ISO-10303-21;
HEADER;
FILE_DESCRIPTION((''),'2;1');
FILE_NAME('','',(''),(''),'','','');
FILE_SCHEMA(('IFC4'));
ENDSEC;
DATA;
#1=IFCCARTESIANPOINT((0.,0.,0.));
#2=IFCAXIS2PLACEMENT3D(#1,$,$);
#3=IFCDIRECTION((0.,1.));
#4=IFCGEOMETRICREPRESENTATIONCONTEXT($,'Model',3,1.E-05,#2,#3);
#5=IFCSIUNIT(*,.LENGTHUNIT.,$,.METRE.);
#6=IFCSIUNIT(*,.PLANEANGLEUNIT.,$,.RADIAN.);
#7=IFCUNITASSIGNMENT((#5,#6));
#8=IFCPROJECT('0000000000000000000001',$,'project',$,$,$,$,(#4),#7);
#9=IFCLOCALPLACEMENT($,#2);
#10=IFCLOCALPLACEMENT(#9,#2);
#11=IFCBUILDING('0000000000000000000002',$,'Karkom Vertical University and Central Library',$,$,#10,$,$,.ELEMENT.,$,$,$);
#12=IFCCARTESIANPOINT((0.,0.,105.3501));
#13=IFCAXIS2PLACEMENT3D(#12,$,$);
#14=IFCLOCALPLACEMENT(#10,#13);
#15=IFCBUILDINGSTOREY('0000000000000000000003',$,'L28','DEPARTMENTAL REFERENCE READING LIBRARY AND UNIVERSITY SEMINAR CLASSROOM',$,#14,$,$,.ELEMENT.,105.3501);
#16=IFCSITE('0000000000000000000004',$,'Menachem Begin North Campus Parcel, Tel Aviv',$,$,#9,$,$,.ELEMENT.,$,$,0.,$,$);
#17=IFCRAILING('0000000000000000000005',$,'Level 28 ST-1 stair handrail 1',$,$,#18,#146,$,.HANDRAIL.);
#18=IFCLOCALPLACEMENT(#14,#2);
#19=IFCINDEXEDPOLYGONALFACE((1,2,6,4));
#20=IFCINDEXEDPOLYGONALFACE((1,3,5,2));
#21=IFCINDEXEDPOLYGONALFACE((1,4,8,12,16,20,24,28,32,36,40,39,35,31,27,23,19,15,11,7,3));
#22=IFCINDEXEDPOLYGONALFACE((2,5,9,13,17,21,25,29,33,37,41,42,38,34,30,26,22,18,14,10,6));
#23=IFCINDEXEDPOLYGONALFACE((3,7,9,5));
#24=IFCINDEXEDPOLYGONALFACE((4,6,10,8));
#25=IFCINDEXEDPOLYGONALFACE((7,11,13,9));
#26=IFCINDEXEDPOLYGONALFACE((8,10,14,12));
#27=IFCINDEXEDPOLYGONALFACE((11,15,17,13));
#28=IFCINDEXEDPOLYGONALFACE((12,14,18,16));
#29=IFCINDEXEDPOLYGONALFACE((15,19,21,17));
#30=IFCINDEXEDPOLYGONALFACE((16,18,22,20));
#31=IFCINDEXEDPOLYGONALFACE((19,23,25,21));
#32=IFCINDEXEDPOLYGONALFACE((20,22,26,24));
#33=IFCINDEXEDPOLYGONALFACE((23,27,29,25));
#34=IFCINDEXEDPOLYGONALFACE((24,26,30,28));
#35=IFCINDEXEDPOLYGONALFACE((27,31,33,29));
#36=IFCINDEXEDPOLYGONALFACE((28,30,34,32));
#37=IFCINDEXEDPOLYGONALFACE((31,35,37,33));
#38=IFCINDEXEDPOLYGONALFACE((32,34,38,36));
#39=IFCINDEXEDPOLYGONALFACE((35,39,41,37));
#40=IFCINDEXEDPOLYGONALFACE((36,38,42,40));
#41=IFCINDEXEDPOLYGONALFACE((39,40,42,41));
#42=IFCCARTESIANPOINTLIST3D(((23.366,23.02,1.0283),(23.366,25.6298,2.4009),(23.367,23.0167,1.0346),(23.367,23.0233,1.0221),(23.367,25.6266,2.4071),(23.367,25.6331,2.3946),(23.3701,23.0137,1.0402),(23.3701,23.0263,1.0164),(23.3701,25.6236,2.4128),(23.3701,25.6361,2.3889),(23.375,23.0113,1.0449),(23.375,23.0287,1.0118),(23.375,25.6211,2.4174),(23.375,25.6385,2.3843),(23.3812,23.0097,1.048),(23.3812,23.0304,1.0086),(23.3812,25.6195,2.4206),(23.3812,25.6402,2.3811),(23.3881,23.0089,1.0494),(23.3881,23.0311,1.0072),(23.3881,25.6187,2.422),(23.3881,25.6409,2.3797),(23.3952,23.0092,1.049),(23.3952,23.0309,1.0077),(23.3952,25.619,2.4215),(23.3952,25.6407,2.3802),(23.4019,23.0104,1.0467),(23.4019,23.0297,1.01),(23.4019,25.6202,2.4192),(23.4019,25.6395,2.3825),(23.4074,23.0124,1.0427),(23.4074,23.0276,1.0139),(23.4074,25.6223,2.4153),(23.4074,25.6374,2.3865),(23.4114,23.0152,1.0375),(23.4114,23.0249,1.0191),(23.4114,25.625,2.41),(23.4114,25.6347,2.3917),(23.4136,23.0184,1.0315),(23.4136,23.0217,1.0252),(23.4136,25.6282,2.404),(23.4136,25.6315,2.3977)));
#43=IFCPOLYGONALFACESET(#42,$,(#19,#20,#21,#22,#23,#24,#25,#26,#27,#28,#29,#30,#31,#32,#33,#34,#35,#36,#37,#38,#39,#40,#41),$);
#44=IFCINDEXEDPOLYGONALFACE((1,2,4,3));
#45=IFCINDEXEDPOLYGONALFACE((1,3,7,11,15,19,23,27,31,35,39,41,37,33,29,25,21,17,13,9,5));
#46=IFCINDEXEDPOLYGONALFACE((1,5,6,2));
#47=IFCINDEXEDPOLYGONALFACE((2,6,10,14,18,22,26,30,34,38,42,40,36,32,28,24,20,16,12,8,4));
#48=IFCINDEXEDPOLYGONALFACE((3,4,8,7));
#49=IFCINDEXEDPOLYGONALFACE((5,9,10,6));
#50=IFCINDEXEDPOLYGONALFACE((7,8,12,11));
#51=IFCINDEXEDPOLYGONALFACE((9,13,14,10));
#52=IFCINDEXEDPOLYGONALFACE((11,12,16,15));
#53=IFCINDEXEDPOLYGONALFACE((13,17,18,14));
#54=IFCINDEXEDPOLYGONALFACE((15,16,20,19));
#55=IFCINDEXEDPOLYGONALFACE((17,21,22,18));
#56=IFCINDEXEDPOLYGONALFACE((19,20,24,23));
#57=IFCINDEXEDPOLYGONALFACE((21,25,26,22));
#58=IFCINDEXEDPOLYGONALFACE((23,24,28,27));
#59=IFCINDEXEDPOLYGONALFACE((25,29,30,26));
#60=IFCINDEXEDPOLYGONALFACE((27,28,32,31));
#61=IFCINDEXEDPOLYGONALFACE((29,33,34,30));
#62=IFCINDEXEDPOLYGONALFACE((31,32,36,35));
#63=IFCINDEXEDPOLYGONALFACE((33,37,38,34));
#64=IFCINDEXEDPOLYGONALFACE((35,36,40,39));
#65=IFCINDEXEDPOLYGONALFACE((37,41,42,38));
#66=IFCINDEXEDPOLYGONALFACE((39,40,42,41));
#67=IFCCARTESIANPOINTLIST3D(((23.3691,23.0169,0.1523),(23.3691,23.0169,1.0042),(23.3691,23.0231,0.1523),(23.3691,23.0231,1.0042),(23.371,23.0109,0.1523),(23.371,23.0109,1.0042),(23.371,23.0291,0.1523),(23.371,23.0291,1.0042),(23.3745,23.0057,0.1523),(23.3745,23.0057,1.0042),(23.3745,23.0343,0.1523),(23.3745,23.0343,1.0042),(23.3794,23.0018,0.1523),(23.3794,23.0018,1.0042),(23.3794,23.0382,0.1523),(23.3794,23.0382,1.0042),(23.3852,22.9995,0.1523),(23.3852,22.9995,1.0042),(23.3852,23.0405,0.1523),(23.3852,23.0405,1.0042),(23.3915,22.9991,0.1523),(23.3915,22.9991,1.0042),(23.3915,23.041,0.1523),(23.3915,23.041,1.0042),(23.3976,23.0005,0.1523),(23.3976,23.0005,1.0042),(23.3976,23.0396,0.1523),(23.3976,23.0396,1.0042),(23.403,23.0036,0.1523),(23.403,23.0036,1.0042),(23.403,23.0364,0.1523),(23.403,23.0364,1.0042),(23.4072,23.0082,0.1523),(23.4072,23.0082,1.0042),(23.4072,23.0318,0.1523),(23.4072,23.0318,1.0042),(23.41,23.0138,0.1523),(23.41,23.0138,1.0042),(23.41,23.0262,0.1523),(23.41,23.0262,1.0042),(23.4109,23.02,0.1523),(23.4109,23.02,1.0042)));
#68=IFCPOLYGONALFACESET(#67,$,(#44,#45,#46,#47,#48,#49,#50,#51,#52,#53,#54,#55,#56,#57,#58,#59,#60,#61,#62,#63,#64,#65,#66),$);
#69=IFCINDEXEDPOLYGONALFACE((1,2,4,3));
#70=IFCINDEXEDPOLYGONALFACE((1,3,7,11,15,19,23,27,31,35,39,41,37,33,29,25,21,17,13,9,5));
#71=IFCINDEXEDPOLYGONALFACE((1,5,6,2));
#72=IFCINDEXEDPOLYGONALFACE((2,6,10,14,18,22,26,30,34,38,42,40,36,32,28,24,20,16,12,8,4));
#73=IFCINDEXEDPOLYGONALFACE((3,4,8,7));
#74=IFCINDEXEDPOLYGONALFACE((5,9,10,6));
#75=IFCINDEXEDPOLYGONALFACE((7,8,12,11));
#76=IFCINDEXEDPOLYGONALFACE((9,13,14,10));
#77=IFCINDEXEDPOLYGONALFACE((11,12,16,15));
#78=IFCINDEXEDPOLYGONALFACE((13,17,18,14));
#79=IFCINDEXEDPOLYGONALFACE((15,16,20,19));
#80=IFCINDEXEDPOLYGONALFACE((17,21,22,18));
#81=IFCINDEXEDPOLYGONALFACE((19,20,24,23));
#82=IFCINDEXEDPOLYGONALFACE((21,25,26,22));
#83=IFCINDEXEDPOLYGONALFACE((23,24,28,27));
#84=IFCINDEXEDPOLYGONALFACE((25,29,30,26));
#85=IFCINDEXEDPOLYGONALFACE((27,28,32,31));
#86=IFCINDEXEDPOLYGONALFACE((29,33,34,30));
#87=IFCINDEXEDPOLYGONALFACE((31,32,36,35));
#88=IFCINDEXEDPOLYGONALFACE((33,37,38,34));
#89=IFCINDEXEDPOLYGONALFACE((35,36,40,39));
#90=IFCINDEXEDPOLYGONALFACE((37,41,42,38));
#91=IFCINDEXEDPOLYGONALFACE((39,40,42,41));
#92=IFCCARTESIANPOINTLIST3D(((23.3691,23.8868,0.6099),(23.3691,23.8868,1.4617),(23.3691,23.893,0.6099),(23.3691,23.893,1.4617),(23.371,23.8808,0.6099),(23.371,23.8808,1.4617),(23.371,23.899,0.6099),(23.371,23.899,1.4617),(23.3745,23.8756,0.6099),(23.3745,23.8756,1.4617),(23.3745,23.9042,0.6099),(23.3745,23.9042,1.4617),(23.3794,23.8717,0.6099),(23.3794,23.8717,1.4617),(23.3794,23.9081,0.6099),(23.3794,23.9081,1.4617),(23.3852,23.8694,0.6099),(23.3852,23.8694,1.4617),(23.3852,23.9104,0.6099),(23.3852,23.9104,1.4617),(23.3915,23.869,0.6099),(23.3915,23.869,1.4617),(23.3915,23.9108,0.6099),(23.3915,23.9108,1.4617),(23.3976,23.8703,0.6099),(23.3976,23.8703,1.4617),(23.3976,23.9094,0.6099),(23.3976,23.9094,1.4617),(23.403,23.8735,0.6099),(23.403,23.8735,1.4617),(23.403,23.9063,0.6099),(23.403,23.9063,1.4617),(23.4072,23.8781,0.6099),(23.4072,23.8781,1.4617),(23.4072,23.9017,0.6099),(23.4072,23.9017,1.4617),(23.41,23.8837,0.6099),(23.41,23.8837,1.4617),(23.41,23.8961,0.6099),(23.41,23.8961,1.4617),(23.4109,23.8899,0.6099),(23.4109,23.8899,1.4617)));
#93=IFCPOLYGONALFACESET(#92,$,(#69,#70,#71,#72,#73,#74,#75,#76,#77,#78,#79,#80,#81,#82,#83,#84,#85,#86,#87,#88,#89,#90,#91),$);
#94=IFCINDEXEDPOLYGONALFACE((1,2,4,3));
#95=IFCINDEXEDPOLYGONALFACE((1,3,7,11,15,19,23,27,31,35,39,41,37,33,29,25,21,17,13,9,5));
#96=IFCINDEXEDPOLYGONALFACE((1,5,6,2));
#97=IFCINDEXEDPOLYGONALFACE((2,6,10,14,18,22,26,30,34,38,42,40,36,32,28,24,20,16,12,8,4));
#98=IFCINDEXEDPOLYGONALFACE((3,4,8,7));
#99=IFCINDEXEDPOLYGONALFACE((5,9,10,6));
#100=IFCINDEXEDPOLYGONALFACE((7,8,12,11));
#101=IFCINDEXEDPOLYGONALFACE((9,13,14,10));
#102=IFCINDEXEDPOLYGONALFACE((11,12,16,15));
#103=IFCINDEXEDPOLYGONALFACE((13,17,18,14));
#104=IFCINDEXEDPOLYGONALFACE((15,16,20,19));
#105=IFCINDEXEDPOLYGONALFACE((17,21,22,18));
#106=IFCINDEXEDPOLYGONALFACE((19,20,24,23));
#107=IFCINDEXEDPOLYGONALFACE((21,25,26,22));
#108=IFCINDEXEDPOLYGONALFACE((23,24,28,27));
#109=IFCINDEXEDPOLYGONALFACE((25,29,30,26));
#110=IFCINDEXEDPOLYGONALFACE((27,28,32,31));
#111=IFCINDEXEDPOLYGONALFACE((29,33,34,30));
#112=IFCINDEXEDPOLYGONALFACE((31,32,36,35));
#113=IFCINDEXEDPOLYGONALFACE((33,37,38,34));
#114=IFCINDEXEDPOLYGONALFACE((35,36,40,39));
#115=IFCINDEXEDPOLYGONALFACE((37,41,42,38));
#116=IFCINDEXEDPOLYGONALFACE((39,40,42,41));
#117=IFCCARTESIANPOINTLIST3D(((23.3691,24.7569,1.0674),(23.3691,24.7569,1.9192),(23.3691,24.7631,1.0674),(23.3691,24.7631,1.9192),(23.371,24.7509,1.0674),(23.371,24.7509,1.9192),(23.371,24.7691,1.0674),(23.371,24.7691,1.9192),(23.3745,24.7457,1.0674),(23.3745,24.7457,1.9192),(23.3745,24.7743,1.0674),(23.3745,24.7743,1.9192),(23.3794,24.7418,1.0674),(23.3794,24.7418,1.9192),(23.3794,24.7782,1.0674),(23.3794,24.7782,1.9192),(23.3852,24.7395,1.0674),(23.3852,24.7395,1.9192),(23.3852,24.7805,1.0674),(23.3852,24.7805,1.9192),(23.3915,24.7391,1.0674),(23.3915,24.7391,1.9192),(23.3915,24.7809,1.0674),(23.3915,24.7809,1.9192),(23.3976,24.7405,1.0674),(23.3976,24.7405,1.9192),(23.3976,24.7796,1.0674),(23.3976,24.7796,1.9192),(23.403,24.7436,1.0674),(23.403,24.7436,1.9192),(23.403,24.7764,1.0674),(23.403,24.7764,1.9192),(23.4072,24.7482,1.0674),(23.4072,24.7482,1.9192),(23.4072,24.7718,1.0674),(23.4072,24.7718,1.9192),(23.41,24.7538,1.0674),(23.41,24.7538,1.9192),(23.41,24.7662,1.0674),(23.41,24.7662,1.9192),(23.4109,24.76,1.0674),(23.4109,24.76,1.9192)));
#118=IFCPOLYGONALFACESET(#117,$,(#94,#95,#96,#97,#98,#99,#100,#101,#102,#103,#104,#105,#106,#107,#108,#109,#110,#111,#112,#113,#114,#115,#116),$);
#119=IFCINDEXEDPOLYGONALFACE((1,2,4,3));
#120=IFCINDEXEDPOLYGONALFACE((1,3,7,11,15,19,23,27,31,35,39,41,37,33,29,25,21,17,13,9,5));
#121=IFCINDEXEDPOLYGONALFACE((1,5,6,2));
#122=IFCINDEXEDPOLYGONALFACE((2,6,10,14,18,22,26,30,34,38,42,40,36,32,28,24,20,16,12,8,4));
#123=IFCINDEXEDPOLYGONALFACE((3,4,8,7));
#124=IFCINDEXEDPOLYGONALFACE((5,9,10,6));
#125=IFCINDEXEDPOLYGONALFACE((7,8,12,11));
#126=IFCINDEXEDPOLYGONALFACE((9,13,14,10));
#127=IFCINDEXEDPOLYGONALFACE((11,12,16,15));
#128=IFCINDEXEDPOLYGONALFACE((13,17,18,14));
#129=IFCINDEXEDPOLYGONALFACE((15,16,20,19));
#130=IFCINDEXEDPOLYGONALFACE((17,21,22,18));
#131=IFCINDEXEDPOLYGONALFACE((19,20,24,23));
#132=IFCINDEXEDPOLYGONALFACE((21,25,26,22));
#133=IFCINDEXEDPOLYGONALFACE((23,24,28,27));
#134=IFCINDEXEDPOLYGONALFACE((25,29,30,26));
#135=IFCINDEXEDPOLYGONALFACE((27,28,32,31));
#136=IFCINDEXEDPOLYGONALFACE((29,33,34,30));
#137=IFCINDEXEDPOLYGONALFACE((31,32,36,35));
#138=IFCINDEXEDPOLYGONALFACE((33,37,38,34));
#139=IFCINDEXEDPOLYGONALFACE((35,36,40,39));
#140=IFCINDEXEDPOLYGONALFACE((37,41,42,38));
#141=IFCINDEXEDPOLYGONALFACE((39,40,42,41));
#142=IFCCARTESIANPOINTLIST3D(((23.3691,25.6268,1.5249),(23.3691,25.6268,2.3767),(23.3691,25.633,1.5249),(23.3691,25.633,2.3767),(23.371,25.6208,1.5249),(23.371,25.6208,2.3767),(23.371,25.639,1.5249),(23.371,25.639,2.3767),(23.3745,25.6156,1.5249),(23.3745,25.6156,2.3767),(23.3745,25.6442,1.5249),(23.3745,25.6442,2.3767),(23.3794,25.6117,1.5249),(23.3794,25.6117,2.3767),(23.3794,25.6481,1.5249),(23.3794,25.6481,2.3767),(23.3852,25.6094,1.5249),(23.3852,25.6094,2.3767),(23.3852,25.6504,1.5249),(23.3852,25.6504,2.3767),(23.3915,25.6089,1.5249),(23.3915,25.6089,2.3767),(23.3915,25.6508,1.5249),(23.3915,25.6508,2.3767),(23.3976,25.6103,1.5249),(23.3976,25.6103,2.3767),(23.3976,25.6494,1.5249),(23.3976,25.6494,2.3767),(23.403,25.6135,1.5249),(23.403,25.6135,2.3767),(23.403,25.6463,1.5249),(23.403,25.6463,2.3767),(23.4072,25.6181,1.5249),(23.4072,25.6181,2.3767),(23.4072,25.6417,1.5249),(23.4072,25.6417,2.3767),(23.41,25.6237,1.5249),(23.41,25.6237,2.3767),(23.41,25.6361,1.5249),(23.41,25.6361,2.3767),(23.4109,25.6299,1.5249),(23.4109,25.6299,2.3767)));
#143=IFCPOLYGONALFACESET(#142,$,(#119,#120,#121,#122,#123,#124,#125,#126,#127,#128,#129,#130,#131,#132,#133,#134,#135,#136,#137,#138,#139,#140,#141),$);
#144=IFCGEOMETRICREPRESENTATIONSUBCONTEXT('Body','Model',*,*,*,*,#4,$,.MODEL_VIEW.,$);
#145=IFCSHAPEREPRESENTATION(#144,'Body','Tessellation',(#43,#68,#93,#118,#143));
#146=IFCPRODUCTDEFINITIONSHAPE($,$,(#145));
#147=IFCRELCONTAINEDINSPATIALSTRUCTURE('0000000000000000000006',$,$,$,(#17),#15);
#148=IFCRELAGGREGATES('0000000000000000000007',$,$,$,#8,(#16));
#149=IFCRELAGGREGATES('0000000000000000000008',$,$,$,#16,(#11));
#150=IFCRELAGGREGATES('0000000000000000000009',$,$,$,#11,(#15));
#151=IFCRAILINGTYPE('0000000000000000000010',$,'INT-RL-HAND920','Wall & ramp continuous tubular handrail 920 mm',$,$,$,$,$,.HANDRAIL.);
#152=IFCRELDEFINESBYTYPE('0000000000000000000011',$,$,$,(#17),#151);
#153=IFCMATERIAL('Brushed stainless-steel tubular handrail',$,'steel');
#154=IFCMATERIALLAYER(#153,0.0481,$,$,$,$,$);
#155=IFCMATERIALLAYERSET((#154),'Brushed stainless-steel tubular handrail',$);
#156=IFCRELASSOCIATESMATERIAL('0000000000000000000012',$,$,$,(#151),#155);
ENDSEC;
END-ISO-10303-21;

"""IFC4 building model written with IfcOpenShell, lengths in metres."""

from ifc_helpers import new_model, si_unit, direction, frame, origin, origin_2d, place, context, subcontext, project, spatial, circle, extrude, material, layer, layer_set, type_object, element, save


model = new_model("IFC4")

# Units and contexts
model_context = context("Model", 3, precision=1e-05, world=origin(), true_north=direction((0.0, 1.0)))
body_context = subcontext(model_context, "Body", "Model", "MODEL_VIEW")
ifc_project = project(units=[si_unit("LENGTHUNIT", "METRE"), si_unit("PLANEANGLEUNIT", "RADIAN")], contexts=[model_context])

# Site, building, storey
site_placement = place(None, origin())
site = spatial("IfcSite", under=ifc_project, at=site_placement, Name="Menachem Begin North Campus Parcel, Tel Aviv", CompositionType="ELEMENT", RefElevation=0.0)
building_placement = place(site_placement, origin())
building = spatial("IfcBuilding", under=site, at=building_placement, Name="Karkom Vertical University and Central Library", CompositionType="ELEMENT")
storey_placement = place(building_placement, frame((0.0, 0.0, 105.3501)))
storey = spatial("IfcBuildingStorey", under=building, at=storey_placement, Name="L28", Description="DEPARTMENTAL REFERENCE READING LIBRARY AND UNIVERSITY SEMINAR CLASSROOM", CompositionType="ELEMENT", Elevation=105.3501)

# Railing
ifc_material_1 = material(Name="Brushed stainless-steel tubular handrail", Category="steel")
ifc_layer_1 = layer(ifc_material_1, 0.0481)
ifc_layer_set_1 = layer_set([ifc_layer_1], Name="Brushed stainless-steel tubular handrail")
railing_type_1 = type_object("IfcRailingType", Name="INT-RL-HAND920", Description="Wall & ramp continuous tubular handrail 920 mm", PredefinedType="HANDRAIL", material=ifc_layer_set_1)
railing_1_placement = place(storey_placement, frame((23.3899, 23.02, 0.1523)))
element("IfcRailing", 1, at=railing_1_placement, inside=storey, type_object=railing_type_1, Name="Level 28 ST-1 stair handrail 1", PredefinedType="HANDRAIL", context=body_context, shape_type="SweptSolid", body=[
    extrude(circle(Radius=0.0239, at=origin_2d()), frame((0.0, 0.0, 0.876), z_axis=(0.0, 0.885065, 0.465467), x_axis=(-1.0, 0.0, 0.0)), (0.0, 0.0, 1.0), 2.9487),
    extrude(circle(Radius=0.021, at=origin_2d()), origin(), (0.0, 0.0, 1.0), 0.8518),
    extrude(circle(Radius=0.021, at=origin_2d()), frame((0.0, 0.8699, 0.4575)), (0.0, 0.0, 1.0), 0.8518),
    extrude(circle(Radius=0.021, at=origin_2d()), frame((0.0, 1.74, 0.915)), (0.0, 0.0, 1.0), 0.8518),
    extrude(circle(Radius=0.021, at=origin_2d()), frame((0.0, 2.6099, 1.3726)), (0.0, 0.0, 1.0), 0.8518),
])

save(model, "model.ifc")
